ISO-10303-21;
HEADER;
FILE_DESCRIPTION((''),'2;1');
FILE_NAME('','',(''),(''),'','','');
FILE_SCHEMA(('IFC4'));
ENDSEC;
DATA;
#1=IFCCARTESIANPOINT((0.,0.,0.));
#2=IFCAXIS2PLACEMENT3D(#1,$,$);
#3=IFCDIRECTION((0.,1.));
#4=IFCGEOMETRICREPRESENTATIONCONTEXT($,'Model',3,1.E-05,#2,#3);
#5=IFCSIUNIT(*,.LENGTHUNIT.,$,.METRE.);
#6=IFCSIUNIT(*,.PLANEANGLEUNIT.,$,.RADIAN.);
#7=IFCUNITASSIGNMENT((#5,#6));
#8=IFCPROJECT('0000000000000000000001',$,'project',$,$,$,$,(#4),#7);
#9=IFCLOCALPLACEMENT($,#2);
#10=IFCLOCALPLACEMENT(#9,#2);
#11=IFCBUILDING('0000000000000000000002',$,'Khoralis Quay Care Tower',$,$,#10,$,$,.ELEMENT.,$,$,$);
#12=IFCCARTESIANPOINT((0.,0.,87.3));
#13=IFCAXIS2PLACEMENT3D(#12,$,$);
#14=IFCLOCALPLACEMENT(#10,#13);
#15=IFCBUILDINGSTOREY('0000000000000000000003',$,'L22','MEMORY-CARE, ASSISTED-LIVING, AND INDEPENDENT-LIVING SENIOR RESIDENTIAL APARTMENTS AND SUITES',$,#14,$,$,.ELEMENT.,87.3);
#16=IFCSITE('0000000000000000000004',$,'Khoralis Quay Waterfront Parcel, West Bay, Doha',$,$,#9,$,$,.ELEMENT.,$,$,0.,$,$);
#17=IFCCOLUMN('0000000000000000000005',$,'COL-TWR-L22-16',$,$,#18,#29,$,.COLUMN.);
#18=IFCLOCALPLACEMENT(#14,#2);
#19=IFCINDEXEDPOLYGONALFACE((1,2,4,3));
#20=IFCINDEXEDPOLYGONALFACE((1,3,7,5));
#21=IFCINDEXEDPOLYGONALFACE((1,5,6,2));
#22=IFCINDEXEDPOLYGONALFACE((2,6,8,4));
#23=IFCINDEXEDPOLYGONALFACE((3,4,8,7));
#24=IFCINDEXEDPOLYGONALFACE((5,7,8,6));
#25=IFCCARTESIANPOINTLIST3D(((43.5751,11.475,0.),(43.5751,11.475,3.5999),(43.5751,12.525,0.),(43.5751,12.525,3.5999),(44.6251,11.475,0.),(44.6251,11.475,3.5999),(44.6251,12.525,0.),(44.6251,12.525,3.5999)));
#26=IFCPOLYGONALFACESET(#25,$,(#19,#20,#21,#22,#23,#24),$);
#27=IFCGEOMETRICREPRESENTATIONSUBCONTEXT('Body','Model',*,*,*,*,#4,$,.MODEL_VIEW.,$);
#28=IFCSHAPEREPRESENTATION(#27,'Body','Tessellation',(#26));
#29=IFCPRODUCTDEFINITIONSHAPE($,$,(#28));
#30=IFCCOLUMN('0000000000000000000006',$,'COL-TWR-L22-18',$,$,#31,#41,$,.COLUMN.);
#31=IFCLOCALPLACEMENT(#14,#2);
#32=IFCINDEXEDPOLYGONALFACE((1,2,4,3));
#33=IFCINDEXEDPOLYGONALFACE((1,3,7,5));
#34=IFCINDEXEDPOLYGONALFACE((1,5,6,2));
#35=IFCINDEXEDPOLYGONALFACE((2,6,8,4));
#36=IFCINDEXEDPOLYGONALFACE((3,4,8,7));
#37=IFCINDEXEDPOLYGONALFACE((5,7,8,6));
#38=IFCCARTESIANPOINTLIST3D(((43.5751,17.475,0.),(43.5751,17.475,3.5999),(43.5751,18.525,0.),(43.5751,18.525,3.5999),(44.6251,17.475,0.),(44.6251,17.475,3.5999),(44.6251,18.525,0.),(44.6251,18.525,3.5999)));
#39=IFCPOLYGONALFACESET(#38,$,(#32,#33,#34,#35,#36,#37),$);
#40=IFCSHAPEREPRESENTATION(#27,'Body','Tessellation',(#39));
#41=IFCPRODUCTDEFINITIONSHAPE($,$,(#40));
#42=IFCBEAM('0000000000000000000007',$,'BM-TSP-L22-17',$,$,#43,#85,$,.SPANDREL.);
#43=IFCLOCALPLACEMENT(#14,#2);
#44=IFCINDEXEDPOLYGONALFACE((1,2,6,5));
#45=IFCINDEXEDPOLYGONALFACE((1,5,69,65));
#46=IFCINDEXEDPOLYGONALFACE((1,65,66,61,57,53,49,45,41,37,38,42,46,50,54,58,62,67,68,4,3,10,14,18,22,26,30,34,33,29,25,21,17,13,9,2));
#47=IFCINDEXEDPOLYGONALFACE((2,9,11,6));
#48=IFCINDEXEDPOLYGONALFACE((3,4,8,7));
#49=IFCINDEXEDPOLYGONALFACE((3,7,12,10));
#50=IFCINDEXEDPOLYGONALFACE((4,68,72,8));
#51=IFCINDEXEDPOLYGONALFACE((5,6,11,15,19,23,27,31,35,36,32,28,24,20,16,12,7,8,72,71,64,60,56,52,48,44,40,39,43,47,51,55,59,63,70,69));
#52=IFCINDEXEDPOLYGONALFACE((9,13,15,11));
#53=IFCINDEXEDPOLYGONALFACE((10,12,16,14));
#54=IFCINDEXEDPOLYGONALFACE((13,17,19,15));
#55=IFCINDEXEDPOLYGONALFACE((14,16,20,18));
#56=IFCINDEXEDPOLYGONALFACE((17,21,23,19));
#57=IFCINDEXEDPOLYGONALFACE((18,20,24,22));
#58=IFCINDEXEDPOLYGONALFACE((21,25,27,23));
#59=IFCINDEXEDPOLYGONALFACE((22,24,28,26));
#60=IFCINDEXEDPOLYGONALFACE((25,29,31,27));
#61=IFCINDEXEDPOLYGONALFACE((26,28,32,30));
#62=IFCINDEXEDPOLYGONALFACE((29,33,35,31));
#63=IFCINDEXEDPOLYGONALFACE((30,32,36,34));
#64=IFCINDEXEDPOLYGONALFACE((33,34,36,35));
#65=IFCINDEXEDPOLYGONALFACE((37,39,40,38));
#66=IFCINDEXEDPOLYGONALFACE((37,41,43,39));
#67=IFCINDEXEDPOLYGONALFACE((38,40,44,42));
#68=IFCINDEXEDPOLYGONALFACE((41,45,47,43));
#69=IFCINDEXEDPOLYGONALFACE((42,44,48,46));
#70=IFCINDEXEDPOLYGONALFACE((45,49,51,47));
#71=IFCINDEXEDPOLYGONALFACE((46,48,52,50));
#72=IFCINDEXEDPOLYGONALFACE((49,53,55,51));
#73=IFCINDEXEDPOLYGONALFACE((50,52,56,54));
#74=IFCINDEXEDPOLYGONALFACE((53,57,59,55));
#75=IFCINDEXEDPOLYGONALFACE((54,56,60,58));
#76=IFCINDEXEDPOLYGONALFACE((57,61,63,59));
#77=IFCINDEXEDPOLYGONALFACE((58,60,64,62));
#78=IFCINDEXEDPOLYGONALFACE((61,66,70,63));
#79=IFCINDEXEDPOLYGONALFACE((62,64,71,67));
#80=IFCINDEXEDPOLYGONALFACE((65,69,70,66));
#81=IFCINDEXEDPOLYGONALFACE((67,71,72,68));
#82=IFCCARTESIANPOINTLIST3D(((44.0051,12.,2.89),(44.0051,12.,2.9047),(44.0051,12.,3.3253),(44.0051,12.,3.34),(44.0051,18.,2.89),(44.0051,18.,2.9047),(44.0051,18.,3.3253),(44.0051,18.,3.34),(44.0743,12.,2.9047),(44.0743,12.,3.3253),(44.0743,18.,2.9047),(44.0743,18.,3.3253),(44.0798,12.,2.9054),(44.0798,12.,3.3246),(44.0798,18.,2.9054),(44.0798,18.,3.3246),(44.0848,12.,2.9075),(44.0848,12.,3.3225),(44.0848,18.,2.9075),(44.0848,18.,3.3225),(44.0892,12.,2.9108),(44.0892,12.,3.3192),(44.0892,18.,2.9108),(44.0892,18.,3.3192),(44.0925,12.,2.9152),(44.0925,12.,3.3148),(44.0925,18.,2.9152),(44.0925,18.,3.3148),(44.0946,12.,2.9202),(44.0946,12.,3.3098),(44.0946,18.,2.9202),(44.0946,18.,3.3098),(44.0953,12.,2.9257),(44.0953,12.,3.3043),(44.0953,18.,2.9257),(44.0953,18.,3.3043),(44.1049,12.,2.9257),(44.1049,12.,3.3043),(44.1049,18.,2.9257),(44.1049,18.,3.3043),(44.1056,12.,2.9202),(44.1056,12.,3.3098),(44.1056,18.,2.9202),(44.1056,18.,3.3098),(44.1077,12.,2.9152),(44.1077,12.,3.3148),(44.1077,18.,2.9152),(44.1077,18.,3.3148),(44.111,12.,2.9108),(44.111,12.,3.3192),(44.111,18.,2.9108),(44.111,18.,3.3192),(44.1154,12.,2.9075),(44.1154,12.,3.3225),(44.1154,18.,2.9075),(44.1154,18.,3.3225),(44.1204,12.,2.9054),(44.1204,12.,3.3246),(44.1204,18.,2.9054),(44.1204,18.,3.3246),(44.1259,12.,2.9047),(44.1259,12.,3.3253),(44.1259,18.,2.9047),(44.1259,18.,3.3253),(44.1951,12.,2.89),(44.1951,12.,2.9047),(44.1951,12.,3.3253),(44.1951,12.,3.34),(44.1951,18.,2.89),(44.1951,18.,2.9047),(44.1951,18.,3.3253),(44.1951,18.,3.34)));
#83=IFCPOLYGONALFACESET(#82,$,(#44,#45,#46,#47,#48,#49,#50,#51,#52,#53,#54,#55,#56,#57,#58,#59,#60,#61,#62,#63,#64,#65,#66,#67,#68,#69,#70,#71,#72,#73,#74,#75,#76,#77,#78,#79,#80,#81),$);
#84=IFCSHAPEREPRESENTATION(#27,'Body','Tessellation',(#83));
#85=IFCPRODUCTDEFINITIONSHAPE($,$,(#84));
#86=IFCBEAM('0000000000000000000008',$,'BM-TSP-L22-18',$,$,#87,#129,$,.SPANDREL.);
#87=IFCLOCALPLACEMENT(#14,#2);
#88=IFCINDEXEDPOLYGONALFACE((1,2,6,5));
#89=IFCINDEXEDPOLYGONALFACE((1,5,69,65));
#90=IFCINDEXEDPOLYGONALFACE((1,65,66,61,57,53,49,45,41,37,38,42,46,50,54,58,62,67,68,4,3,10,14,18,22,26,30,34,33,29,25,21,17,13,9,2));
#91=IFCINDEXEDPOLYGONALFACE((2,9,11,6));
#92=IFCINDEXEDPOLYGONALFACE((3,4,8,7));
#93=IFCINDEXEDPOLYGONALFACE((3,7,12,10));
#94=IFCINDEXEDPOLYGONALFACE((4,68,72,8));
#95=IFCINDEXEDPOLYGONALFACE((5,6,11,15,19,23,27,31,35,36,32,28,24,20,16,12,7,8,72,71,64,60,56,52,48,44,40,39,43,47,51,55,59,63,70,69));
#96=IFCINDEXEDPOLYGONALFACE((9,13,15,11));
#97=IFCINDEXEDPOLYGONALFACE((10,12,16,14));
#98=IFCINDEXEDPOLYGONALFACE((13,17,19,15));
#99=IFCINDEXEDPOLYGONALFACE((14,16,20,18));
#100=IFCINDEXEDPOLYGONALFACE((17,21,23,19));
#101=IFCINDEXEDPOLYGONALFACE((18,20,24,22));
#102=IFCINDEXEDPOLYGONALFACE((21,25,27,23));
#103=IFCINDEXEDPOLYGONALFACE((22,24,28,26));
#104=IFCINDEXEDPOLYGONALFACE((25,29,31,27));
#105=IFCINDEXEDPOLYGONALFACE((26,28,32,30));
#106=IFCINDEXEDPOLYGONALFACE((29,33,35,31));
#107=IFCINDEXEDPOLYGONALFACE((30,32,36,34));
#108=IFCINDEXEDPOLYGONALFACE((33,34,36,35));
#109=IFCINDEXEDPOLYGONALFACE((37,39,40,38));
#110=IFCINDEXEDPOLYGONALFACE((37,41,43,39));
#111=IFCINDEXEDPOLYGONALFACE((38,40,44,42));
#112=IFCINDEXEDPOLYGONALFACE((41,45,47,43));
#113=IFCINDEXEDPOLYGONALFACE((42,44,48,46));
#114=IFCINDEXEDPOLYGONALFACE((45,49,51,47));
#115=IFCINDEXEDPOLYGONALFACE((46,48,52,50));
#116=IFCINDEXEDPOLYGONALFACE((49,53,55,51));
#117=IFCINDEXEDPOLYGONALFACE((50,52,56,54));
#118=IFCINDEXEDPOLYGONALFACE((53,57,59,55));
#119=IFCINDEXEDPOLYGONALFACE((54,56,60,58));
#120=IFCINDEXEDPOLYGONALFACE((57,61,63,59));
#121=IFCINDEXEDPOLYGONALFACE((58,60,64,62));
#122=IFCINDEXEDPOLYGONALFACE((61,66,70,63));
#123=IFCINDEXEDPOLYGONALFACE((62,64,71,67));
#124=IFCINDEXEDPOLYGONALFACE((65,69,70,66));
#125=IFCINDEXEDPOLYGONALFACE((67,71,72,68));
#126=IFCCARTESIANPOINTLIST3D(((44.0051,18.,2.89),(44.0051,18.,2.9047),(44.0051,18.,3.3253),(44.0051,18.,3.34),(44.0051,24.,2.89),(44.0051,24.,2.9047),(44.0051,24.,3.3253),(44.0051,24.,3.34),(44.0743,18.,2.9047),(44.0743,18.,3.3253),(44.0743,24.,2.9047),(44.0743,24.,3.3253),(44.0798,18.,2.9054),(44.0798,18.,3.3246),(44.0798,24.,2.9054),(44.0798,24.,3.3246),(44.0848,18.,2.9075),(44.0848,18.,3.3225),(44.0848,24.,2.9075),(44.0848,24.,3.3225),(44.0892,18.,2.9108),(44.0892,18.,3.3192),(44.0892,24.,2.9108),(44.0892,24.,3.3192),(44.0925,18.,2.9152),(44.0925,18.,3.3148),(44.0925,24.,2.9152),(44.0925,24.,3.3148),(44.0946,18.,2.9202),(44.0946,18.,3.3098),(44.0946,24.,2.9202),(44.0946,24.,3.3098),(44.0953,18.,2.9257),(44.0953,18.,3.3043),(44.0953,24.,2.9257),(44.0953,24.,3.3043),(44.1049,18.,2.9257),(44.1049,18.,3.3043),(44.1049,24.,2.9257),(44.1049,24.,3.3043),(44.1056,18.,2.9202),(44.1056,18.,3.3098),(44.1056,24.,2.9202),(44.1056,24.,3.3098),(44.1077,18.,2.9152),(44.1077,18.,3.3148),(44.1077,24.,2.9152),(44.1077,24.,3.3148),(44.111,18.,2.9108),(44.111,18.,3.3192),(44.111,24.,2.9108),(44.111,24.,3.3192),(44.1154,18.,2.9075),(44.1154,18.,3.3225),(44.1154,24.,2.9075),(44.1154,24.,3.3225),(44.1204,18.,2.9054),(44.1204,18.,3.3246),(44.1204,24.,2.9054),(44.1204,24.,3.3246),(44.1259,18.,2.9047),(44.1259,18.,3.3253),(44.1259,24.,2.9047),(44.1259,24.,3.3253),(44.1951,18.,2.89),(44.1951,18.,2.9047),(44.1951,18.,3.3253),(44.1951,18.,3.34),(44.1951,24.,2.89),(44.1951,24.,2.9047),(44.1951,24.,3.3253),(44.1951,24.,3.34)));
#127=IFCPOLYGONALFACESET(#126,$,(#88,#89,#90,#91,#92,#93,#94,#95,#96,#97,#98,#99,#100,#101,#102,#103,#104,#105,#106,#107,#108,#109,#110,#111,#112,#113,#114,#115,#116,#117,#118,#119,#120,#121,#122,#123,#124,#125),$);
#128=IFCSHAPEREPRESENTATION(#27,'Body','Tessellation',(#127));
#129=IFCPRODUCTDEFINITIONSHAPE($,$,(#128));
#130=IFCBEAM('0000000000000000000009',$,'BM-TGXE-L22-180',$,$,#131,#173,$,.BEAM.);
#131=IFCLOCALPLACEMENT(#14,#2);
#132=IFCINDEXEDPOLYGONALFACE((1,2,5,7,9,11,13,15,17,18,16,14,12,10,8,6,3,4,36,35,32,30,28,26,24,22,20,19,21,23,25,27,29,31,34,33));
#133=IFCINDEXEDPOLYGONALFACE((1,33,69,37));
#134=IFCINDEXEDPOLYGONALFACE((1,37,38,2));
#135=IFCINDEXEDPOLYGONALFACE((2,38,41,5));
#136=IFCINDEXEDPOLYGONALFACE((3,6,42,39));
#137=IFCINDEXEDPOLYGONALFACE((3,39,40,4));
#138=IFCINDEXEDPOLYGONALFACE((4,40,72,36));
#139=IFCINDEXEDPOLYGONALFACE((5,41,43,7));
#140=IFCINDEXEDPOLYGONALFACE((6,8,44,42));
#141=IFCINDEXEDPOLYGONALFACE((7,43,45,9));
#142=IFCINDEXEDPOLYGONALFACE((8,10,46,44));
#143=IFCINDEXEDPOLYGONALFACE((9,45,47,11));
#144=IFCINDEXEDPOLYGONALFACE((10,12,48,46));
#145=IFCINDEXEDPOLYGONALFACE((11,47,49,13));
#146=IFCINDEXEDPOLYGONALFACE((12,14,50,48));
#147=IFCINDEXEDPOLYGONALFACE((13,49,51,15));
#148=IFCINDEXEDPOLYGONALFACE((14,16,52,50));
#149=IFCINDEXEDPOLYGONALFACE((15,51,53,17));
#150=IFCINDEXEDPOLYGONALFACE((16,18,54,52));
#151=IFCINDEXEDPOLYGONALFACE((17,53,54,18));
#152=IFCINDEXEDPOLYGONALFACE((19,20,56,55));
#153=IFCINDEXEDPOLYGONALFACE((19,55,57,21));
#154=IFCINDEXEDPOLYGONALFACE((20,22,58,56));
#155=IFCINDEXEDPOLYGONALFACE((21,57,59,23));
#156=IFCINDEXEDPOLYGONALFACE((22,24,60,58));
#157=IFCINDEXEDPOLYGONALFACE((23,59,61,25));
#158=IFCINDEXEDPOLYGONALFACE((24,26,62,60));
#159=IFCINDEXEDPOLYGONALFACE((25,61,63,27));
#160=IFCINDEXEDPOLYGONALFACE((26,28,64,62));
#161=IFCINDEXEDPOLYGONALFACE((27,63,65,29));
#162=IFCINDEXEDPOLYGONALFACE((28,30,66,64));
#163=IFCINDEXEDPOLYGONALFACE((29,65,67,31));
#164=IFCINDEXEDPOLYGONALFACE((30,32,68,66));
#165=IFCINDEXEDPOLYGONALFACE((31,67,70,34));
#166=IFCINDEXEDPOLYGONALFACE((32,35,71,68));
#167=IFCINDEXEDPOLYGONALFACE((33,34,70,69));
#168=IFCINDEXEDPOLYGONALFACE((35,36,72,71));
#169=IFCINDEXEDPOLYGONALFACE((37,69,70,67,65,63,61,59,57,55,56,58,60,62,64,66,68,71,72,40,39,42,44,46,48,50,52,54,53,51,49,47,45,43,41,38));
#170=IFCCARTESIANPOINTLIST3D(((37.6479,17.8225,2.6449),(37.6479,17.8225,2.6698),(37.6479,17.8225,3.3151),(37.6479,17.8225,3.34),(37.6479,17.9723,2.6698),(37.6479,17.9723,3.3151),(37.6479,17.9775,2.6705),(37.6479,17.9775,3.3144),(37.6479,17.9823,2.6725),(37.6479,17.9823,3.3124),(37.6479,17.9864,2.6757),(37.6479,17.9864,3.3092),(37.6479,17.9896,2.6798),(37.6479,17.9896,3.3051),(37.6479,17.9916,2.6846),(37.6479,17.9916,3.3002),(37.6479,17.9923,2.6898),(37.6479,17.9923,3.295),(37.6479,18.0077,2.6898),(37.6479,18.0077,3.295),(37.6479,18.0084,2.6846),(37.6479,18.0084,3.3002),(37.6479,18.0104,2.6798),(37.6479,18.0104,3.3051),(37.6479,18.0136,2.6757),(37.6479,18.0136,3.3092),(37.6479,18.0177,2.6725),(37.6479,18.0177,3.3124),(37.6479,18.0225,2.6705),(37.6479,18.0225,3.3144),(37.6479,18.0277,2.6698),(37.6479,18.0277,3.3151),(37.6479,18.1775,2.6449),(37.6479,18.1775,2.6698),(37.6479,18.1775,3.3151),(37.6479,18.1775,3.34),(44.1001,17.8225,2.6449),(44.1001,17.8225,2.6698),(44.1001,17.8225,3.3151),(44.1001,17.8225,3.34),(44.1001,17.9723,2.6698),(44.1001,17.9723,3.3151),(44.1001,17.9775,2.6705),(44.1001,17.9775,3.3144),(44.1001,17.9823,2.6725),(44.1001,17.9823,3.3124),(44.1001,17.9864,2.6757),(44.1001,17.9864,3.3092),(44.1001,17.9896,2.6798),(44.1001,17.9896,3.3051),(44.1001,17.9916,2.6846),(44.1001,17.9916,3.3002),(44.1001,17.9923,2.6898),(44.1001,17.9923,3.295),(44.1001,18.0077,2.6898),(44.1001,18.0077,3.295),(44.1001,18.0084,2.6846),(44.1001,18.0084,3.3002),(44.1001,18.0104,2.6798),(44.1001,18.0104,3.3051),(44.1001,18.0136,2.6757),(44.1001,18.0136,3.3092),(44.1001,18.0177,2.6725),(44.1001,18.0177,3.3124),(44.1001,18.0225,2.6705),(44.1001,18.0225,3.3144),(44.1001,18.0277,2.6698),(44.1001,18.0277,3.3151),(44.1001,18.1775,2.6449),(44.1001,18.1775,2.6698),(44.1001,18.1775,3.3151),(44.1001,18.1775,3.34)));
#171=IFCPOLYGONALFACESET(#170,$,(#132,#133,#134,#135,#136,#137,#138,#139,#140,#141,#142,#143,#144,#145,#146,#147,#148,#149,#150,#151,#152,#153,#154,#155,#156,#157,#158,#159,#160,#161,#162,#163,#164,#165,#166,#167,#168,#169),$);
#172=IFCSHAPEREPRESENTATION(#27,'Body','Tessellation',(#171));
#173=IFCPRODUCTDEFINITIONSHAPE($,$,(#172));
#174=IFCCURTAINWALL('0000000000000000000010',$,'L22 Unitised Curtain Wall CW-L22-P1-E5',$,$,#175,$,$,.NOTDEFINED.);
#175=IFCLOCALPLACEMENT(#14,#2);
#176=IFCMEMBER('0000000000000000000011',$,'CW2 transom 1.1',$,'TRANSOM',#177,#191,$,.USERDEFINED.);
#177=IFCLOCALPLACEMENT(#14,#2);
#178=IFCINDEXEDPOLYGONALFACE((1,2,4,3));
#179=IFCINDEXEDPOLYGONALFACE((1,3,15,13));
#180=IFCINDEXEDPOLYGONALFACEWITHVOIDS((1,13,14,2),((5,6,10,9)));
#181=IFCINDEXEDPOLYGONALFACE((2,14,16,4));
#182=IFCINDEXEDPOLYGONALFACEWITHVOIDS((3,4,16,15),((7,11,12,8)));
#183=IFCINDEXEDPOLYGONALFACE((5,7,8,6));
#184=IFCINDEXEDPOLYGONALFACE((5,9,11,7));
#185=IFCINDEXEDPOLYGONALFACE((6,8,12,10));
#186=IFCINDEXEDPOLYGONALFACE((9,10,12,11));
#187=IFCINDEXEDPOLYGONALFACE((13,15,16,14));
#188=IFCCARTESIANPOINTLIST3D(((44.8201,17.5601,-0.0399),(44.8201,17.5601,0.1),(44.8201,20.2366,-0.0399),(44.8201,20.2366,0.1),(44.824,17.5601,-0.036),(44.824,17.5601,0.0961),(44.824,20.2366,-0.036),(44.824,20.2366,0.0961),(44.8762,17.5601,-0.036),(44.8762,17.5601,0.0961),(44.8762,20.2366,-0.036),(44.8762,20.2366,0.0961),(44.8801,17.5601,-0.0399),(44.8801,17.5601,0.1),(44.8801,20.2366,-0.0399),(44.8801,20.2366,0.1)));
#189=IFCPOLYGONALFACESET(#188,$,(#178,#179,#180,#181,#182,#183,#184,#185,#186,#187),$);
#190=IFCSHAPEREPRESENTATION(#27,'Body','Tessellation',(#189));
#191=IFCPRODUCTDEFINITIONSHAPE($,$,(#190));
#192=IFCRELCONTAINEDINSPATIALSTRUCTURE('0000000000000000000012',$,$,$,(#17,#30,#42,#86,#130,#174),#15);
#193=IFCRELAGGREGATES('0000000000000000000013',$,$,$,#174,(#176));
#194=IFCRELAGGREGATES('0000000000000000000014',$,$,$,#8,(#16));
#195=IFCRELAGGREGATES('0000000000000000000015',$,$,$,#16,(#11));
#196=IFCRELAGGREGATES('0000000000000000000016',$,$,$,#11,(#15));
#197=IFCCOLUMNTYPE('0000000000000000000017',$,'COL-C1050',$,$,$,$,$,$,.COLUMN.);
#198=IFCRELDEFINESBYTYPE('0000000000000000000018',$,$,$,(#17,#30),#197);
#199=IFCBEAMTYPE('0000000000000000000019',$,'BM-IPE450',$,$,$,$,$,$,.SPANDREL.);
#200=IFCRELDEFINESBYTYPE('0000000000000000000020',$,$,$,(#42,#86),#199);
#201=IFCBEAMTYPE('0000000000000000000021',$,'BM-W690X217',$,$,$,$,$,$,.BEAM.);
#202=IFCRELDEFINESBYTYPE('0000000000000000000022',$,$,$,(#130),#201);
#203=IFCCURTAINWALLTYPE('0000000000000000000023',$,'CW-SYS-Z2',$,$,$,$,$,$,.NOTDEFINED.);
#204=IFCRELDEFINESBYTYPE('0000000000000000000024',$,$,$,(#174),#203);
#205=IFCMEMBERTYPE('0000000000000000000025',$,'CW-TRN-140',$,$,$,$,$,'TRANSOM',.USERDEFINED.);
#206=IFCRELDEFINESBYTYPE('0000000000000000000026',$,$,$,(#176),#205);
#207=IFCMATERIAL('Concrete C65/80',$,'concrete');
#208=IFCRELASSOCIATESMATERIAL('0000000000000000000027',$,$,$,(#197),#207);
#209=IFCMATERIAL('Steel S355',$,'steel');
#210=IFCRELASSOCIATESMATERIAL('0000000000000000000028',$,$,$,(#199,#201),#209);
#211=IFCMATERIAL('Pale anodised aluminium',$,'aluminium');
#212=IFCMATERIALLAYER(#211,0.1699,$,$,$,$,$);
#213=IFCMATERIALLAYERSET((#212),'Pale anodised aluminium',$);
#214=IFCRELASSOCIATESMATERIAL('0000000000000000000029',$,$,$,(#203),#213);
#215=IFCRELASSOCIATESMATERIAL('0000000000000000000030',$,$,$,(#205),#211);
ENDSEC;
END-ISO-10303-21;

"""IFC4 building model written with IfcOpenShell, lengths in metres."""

from ifc_helpers import new_model, si_unit, direction, frame, origin, origin_2d, place, context, subcontext, project, spatial, rectangle, hollow_rectangle, i_section, extrude, source, transform, mapped, material, layer, layer_set, material_profile, profile_set, type_object, element, aggregate, save


model = new_model("IFC4")

# Units and contexts
model_context = context("Model", 3, precision=1e-05, world=origin(), true_north=direction((0.0, 1.0)))
body_context = subcontext(model_context, "Body", "Model", "MODEL_VIEW")
ifc_project = project(units=[si_unit("LENGTHUNIT", "METRE"), si_unit("PLANEANGLEUNIT", "RADIAN")], contexts=[model_context])

# Site, building, storey
site_placement = place(None, origin())
site = spatial("IfcSite", under=ifc_project, at=site_placement, Name="Khoralis Quay Waterfront Parcel, West Bay, Doha", CompositionType="ELEMENT", RefElevation=0.0)
building_placement = place(site_placement, origin())
building = spatial("IfcBuilding", under=site, at=building_placement, Name="Khoralis Quay Care Tower", CompositionType="ELEMENT")
storey_placement = place(building_placement, frame((0.0, 0.0, 87.3)))
storey = spatial("IfcBuildingStorey", under=building, at=storey_placement, Name="L22", Description="MEMORY-CARE, ASSISTED-LIVING, AND INDEPENDENT-LIVING SENIOR RESIDENTIAL APARTMENTS AND SUITES", CompositionType="ELEMENT", Elevation=87.3)

# Columns
ifc_material_1 = material(Name="Concrete C65/80", Category="concrete")
ifc_material_profile_1 = material_profile(ifc_material_1, rectangle(XDim=1.05, YDim=1.05, at=origin_2d()), Name="Concrete C65/80")
ifc_profile_set_1 = profile_set([ifc_material_profile_1], Name="Concrete C65/80")
column_type = type_object("IfcColumnType", Name="COL-C1050", PredefinedType="COLUMN", material=ifc_profile_set_1)
shared_shape_1 = source(origin(), body_context, "Body", "SweptSolid", [
    extrude(rectangle(XDim=1.05, YDim=1.05, at=origin_2d()), origin(), (0.0, 0.0, 1.0), 3.5999),
])
for number, where, z_axis, x_axis, name in (
    (1, (44.1001, 12.0, 0.0), (0.0, 0.0, 1.0), (1.0, 0.0, 0.0), "COL-TWR-L22-16"),
    (2, (44.1001, 18.0, 0.0), (0.0, 0.0, 1.0), (1.0, 0.0, 0.0), "COL-TWR-L22-18"),
):
    element("IfcColumn", number, at=place(storey_placement, frame(where, z_axis=z_axis, x_axis=x_axis)), inside=storey, type_object=column_type, Name=name, PredefinedType="COLUMN", context=body_context, shape_type="MappedRepresentation", body=[
        mapped(shared_shape_1, transform((0.0, 0.0, 0.0), scale=1.0)),
    ])

# Beams
ifc_material_2 = material(Name="Steel S355", Category="steel")
ifc_material_profile_2 = material_profile(ifc_material_2, i_section(OverallWidth=0.1899, OverallDepth=0.45, WebThickness=0.0095, FlangeThickness=0.0146, FilletRadius=0.021, at=origin_2d()), Name="Steel S355")
ifc_profile_set_2 = profile_set([ifc_material_profile_2], Name="Steel S355")
beam_type_1 = type_object("IfcBeamType", Name="BM-IPE450", PredefinedType="SPANDREL", material=ifc_profile_set_2)
shared_shape_2 = source(origin(), body_context, "Body", "SweptSolid", [
    extrude(i_section(OverallWidth=0.1899, OverallDepth=0.45, WebThickness=0.0095, FlangeThickness=0.0146, FilletRadius=0.021, at=origin_2d()), origin(), (0.0, 0.0, 1.0), 6.0),
])
for number, where, z_axis, x_axis, name in (
    (3, (44.1001, 12.0, 3.115), (0.0, 1.0, 0.0), (-1.0, 0.0, 0.0), "BM-TSP-L22-17"),
    (4, (44.1001, 18.0, 3.115), (0.0, 1.0, 0.0), (-1.0, 0.0, 0.0), "BM-TSP-L22-18"),
):
    element("IfcBeam", number, at=place(storey_placement, frame(where, z_axis=z_axis, x_axis=x_axis)), inside=storey, type_object=beam_type_1, Name=name, PredefinedType="SPANDREL", context=body_context, shape_type="MappedRepresentation", body=[
        mapped(shared_shape_2, transform((0.0, 0.0, 0.0), scale=1.0)),
    ])
ifc_material_profile_3 = material_profile(ifc_material_2, i_section(OverallWidth=0.355, OverallDepth=0.6951, WebThickness=0.0154, FlangeThickness=0.0249, FilletRadius=0.02, at=origin_2d()), Name="Steel S355")
ifc_profile_set_3 = profile_set([ifc_material_profile_3], Name="Steel S355")
beam_type_2 = type_object("IfcBeamType", Name="BM-W690X217", PredefinedType="BEAM", material=ifc_profile_set_3)
shared_shape_3 = source(origin(), body_context, "Body", "SweptSolid", [
    extrude(i_section(OverallWidth=0.355, OverallDepth=0.6951, WebThickness=0.0154, FlangeThickness=0.0249, FilletRadius=0.02, at=origin_2d()), origin(), (0.0, 0.0, 1.0), 6.4521),
])
beam_placement = place(storey_placement, frame((37.6479, 18.0, 2.9924), z_axis=(1.0, 0.0, 0.0), x_axis=(0.0, 1.0, 0.0)))
element("IfcBeam", 5, at=beam_placement, inside=storey, type_object=beam_type_2, Name="BM-TGXE-L22-180", PredefinedType="BEAM", context=body_context, shape_type="MappedRepresentation", body=[
    mapped(shared_shape_3, transform((0.0, 0.0, 0.0), scale=1.0)),
])

# Curtain wall, member
ifc_material_3 = material(Name="Pale anodised aluminium", Category="aluminium")
ifc_layer_1 = layer(ifc_material_3, 0.1699)
ifc_layer_set_1 = layer_set([ifc_layer_1], Name="Pale anodised aluminium")
curtain_wall_type = type_object("IfcCurtainWallType", Name="CW-SYS-Z2", PredefinedType="NOTDEFINED", material=ifc_layer_set_1)
curtain_wall_placement = place(storey_placement, origin())
curtain_wall = element("IfcCurtainWall", 6, at=curtain_wall_placement, inside=storey, type_object=curtain_wall_type, Name="L22 Unitised Curtain Wall CW-L22-P1-E5", PredefinedType="NOTDEFINED")
ifc_material_profile_4 = material_profile(ifc_material_3, hollow_rectangle(XDim=0.0601, YDim=0.1399, WallThickness=0.0039, at=origin_2d()), Name="Pale anodised aluminium")
ifc_profile_set_4 = profile_set([ifc_material_profile_4], Name="Pale anodised aluminium")
member_type_1 = type_object("IfcMemberType", Name="CW-TRN-140", ElementType="TRANSOM", PredefinedType="USERDEFINED", material=ifc_profile_set_4)
shared_shape_4 = source(origin(), body_context, "Body", "SweptSolid", [
    extrude(hollow_rectangle(XDim=0.0601, YDim=0.1399, WallThickness=0.0039, at=origin_2d()), origin(), (0.0, 0.0, 1.0), 2.6765),
])
member_1_placement = place(storey_placement, frame((44.8501, 17.5601, 0.03), z_axis=(0.0, 1.0, 0.0), x_axis=(-1.0, 0.0, 0.0)))
member_1 = element("IfcMember", 7, at=member_1_placement, type_object=member_type_1, Name="CW2 transom 1.1", ObjectType="TRANSOM", PredefinedType="USERDEFINED", context=body_context, shape_type="MappedRepresentation", body=[
    mapped(shared_shape_4, transform((0.0, 0.0, 0.0), scale=1.0)),
])
aggregate(curtain_wall, [member_1])

save(model, "model.ifc")
